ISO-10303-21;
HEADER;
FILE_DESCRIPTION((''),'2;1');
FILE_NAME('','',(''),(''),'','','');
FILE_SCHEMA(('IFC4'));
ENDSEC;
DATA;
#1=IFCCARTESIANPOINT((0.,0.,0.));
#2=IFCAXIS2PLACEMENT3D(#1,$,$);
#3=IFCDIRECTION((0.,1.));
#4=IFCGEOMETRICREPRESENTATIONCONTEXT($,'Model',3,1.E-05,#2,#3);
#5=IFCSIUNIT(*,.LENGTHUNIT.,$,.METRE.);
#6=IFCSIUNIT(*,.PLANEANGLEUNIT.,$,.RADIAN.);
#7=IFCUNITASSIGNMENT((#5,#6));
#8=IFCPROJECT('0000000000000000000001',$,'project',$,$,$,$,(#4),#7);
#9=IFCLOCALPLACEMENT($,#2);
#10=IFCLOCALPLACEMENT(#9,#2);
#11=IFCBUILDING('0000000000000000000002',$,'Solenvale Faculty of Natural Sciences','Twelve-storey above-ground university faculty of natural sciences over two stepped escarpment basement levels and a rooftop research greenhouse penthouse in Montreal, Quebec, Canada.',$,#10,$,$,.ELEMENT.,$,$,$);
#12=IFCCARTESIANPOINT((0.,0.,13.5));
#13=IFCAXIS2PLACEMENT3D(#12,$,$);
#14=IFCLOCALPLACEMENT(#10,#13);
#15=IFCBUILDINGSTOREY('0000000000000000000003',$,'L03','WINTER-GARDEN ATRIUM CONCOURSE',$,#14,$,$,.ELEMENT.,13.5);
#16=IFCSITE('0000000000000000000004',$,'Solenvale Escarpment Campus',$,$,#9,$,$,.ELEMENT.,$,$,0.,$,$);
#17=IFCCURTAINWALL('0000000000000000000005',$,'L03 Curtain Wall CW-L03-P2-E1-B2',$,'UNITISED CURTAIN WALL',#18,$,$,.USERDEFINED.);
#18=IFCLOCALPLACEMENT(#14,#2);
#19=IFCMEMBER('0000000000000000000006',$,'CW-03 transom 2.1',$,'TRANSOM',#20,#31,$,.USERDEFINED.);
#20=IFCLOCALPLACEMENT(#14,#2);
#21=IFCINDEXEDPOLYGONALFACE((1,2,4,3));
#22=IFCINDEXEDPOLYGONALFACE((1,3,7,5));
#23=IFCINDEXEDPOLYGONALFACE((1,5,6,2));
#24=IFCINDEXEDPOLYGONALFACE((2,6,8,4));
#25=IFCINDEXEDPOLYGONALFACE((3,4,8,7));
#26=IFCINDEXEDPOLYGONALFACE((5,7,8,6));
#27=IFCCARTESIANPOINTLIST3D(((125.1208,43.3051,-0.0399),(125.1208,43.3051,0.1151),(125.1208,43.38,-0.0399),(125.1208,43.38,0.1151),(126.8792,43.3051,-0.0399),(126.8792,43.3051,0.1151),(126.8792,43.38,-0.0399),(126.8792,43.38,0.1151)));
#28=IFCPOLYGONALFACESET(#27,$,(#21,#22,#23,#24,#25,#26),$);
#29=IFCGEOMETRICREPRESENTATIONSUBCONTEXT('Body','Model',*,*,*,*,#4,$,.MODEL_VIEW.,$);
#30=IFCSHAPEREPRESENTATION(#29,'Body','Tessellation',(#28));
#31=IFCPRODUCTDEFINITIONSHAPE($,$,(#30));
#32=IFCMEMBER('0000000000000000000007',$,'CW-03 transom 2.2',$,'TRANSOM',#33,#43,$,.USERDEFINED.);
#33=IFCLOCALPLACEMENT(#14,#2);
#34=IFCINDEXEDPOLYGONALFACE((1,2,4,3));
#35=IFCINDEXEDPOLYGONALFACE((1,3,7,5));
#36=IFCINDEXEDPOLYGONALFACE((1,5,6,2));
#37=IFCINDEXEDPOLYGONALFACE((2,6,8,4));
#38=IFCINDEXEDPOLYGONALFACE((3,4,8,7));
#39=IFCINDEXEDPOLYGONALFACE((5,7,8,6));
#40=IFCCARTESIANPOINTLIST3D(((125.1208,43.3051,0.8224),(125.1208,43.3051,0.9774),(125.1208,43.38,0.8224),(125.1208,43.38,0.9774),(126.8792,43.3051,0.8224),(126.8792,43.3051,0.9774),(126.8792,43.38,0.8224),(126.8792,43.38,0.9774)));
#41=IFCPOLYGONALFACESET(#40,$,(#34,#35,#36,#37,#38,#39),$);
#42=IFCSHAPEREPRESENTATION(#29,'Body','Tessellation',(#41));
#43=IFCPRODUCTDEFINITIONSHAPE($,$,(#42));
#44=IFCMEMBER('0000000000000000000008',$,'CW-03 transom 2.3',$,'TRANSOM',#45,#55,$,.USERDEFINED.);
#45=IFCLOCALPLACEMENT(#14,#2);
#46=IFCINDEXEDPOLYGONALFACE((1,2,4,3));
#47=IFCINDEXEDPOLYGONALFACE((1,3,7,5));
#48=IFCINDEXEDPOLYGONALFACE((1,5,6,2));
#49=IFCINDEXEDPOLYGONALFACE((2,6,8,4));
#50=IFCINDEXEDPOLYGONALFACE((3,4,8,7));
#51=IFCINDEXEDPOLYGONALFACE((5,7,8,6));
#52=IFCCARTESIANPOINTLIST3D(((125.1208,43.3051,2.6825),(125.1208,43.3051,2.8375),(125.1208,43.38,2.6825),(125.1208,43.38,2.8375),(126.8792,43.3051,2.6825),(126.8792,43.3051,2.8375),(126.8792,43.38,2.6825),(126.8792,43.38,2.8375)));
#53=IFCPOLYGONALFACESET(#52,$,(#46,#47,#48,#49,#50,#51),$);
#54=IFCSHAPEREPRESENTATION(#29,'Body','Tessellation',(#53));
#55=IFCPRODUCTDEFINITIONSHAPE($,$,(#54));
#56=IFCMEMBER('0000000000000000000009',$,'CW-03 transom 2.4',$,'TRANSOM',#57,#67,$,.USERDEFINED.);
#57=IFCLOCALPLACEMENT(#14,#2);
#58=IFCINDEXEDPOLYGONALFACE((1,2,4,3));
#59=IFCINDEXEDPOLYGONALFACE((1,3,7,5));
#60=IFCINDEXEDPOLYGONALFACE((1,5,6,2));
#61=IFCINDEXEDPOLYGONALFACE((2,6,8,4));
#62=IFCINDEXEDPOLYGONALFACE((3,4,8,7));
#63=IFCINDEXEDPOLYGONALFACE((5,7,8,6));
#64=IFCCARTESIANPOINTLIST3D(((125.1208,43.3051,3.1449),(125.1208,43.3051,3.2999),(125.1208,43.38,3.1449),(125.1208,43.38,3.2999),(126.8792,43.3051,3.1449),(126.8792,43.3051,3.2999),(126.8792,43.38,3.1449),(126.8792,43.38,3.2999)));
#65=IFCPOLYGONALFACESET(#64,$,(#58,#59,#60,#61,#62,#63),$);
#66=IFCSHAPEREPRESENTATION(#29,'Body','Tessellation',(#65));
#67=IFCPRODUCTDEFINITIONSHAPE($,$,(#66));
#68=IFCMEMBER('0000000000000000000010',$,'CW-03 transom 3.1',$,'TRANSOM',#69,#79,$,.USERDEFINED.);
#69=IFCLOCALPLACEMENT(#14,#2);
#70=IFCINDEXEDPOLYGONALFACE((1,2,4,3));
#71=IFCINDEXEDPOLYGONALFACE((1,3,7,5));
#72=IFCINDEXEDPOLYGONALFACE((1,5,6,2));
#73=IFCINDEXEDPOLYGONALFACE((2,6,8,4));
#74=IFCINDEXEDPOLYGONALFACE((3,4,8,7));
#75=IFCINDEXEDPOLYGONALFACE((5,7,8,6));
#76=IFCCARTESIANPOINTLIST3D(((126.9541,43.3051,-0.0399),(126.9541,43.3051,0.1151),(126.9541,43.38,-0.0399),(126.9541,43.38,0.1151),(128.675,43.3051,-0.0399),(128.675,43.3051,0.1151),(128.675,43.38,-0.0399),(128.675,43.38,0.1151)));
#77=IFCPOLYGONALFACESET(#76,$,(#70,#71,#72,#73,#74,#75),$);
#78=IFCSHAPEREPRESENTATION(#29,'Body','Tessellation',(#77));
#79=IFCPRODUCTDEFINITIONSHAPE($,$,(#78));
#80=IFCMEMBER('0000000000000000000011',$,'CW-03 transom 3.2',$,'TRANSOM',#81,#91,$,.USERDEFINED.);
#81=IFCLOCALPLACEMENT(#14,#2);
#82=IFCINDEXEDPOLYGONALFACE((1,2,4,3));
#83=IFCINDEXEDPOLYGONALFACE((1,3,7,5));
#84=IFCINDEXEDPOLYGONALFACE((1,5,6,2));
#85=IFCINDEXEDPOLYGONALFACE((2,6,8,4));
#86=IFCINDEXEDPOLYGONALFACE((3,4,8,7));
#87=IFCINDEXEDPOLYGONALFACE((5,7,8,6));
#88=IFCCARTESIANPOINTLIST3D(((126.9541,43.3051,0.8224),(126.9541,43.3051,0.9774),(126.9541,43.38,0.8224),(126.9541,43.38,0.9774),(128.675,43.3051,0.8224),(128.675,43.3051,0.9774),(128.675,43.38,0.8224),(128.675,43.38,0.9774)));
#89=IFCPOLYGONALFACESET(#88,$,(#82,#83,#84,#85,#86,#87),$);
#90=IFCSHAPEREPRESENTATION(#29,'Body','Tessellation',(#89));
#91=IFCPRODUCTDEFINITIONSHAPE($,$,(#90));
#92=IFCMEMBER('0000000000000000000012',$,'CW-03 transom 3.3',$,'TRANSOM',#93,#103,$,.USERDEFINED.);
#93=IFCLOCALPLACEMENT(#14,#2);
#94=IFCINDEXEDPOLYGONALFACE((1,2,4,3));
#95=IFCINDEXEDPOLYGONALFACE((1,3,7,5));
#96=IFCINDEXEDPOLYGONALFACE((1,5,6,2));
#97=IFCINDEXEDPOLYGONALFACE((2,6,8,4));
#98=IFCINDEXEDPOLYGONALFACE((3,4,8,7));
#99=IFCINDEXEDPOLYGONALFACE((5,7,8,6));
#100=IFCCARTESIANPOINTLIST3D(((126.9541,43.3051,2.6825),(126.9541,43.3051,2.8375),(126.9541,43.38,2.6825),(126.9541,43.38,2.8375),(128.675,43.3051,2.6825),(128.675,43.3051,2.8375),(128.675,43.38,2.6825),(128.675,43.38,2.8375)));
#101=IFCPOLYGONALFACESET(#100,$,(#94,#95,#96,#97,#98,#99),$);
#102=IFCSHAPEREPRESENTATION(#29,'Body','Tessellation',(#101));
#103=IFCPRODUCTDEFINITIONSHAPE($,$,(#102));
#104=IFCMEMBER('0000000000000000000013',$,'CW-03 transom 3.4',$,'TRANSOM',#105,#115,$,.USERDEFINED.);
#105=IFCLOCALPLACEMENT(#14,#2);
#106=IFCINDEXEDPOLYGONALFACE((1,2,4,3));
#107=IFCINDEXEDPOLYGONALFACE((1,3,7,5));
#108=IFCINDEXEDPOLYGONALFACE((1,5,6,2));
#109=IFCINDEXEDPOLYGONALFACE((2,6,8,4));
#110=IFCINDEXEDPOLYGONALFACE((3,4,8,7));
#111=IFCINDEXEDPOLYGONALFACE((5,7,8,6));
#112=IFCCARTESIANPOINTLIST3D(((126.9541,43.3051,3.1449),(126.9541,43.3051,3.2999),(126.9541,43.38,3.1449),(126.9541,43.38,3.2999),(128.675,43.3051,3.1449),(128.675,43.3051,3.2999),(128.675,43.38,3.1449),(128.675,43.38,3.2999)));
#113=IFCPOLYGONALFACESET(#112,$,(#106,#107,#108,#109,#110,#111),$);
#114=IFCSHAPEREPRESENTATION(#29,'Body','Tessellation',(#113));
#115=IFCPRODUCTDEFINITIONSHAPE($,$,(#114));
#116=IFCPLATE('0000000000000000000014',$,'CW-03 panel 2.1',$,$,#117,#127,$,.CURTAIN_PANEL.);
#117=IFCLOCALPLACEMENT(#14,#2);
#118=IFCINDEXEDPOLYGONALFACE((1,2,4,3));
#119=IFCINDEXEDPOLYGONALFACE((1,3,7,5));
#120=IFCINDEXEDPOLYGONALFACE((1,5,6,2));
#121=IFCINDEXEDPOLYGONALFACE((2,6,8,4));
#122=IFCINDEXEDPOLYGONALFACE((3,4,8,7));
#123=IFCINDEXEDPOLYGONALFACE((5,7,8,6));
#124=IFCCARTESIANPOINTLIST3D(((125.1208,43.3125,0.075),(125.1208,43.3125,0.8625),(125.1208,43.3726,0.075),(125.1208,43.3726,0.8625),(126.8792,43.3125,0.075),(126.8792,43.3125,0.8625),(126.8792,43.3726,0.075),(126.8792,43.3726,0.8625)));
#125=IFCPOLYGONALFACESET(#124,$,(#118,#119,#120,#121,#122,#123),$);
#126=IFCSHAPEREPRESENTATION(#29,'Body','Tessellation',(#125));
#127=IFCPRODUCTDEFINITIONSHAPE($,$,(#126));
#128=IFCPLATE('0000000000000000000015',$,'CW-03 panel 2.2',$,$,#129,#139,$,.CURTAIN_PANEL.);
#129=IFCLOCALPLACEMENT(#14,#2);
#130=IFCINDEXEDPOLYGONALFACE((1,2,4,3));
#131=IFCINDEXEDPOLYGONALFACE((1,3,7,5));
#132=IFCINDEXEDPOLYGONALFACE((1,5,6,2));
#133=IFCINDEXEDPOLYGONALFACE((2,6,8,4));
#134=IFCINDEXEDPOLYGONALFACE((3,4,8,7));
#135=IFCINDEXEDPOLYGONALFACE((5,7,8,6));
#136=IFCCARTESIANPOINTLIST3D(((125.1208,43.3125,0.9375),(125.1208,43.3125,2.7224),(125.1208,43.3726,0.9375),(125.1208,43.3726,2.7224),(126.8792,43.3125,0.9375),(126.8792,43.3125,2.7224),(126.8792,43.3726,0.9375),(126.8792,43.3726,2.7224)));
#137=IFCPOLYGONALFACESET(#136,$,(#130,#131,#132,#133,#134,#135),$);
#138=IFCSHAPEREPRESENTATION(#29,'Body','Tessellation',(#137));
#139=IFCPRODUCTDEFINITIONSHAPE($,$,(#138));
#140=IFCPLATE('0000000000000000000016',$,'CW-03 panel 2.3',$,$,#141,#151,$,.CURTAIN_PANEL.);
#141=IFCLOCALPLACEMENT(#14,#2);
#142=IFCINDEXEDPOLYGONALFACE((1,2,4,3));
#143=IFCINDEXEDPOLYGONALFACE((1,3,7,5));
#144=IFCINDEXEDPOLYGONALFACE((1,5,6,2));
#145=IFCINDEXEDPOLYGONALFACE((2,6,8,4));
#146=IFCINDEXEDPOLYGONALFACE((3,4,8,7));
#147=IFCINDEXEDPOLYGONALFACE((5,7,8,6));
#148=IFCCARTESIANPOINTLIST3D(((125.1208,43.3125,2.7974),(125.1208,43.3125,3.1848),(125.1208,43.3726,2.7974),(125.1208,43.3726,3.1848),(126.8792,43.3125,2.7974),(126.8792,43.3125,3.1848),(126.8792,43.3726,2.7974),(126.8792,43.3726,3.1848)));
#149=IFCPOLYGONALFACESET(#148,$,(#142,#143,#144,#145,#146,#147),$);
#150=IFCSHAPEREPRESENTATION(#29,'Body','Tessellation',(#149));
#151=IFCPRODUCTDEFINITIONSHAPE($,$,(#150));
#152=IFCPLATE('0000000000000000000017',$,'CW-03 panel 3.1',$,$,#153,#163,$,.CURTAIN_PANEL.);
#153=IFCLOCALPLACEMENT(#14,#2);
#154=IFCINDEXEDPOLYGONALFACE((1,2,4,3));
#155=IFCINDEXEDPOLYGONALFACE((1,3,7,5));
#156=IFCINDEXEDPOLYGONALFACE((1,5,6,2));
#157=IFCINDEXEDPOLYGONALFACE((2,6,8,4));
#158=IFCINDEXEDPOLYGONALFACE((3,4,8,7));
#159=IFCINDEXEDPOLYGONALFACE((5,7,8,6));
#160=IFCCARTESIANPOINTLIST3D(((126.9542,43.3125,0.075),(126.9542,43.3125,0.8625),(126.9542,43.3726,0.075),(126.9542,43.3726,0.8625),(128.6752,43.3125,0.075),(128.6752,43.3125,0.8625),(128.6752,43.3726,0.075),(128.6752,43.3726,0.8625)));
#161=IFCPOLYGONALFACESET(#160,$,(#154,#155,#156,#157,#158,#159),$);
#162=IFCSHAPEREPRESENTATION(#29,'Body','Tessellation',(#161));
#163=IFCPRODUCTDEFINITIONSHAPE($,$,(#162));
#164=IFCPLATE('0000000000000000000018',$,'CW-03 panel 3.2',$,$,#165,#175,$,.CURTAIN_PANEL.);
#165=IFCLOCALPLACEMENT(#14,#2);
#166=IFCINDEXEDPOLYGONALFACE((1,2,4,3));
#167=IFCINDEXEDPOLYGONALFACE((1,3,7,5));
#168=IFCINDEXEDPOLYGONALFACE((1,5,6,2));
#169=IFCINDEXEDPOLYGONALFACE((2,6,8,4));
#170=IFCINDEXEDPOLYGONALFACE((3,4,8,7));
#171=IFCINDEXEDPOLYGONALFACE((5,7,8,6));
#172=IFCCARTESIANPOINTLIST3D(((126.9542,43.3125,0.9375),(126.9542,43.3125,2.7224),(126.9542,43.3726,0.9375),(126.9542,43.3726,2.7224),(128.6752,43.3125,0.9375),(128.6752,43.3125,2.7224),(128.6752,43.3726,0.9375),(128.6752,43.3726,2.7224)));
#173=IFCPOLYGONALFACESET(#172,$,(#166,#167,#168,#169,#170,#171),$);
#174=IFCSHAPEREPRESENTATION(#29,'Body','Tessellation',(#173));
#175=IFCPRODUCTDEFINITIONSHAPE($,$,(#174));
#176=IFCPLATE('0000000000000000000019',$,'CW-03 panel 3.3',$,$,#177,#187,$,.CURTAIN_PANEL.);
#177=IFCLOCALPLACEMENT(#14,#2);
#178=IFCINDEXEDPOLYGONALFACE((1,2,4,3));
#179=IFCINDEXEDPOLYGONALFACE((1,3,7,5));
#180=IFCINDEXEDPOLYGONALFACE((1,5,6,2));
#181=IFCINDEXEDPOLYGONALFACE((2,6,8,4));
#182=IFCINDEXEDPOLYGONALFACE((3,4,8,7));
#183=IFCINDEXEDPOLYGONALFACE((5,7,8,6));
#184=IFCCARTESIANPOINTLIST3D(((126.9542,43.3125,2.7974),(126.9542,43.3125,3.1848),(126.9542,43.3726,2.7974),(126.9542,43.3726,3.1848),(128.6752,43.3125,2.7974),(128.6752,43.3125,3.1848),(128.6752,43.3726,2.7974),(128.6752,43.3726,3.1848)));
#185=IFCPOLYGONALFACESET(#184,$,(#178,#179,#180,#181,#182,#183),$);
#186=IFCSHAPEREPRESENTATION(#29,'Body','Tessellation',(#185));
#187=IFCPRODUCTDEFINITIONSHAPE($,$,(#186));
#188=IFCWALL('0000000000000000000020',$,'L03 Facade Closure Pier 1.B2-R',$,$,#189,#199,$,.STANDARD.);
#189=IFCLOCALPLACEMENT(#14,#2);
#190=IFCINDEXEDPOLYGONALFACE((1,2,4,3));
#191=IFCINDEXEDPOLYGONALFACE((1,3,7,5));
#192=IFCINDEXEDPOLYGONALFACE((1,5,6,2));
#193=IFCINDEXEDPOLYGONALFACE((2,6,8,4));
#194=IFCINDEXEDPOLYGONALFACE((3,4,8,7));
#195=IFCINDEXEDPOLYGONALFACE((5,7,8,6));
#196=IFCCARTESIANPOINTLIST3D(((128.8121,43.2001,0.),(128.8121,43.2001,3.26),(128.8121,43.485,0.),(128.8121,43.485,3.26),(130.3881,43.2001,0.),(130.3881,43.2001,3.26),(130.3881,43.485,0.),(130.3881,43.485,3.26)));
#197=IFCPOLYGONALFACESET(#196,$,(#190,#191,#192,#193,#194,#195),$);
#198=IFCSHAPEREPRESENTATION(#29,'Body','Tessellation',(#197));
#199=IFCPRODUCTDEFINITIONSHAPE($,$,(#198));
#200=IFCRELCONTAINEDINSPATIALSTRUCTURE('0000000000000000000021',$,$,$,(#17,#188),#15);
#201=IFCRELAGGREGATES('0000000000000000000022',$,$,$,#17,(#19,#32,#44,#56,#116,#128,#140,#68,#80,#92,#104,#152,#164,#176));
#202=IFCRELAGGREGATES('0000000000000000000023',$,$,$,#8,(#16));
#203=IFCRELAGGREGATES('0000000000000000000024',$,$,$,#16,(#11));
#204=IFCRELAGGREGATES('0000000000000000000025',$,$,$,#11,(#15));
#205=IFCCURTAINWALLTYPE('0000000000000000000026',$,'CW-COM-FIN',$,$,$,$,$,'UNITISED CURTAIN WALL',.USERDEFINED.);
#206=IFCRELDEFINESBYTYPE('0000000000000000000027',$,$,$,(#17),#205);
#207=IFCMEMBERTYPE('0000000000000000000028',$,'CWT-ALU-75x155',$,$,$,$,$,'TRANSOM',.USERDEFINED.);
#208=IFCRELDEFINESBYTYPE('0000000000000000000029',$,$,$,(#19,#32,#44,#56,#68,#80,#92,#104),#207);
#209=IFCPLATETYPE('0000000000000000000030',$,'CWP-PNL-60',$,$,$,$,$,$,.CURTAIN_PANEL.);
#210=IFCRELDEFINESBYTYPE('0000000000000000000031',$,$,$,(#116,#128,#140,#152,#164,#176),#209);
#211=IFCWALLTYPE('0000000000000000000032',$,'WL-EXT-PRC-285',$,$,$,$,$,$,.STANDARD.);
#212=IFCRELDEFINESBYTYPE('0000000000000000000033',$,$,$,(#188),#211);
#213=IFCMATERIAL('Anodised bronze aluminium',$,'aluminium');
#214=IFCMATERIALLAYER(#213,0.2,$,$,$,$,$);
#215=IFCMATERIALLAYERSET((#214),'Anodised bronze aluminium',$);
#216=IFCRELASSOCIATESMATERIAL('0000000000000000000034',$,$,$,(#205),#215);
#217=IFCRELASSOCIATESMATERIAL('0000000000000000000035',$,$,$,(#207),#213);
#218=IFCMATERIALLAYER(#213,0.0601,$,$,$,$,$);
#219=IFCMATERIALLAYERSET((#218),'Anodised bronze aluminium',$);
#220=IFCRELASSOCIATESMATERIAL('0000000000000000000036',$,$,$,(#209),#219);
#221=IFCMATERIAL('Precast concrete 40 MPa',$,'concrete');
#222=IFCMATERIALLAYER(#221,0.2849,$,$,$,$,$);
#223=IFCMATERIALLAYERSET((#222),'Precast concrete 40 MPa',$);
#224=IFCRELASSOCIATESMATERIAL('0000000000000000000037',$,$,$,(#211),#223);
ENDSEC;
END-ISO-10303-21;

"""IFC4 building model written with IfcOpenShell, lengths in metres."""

from ifc_helpers import new_model, si_unit, direction, frame, frame_2d, origin, origin_2d, place, context, subcontext, project, spatial, rectangle, extrude, material, layer, layer_set, material_profile, profile_set, type_object, element, aggregate, save


model = new_model("IFC4")

# Units and contexts
model_context = context("Model", 3, precision=1e-05, world=origin(), true_north=direction((0.0, 1.0)))
body_context = subcontext(model_context, "Body", "Model", "MODEL_VIEW")
ifc_project = project(units=[si_unit("LENGTHUNIT", "METRE"), si_unit("PLANEANGLEUNIT", "RADIAN")], contexts=[model_context])

# Site, building, storey
site_placement = place(None, origin())
site = spatial("IfcSite", under=ifc_project, at=site_placement, Name="Solenvale Escarpment Campus", CompositionType="ELEMENT", RefElevation=0.0)
building_placement = place(site_placement, origin())
building = spatial("IfcBuilding", under=site, at=building_placement, Name="Solenvale Faculty of Natural Sciences", Description="Twelve-storey above-ground university faculty of natural sciences over two stepped escarpment basement levels and a rooftop research greenhouse penthouse in Montreal, Quebec, Canada.", CompositionType="ELEMENT")
storey_placement = place(building_placement, frame((0.0, 0.0, 13.5)))
storey = spatial("IfcBuildingStorey", under=building, at=storey_placement, Name="L03", Description="WINTER-GARDEN ATRIUM CONCOURSE", CompositionType="ELEMENT", Elevation=13.5)

# Curtain wall, members, plates
ifc_material_1 = material(Name="Anodised bronze aluminium", Category="aluminium")
ifc_layer_1 = layer(ifc_material_1, 0.2)
ifc_layer_set_1 = layer_set([ifc_layer_1], Name="Anodised bronze aluminium")
curtain_wall_type = type_object("IfcCurtainWallType", Name="CW-COM-FIN", ElementType="UNITISED CURTAIN WALL", PredefinedType="USERDEFINED", material=ifc_layer_set_1)
curtain_wall_placement = place(storey_placement, origin())
curtain_wall = element("IfcCurtainWall", 1, at=curtain_wall_placement, inside=storey, type_object=curtain_wall_type, Name="L03 Curtain Wall CW-L03-P2-E1-B2", ObjectType="UNITISED CURTAIN WALL", PredefinedType="USERDEFINED")
ifc_material_profile_1 = material_profile(ifc_material_1, rectangle(XDim=0.075, YDim=0.155, at=origin_2d()), Name="ALU-TRN-75x155")
ifc_profile_set_1 = profile_set([ifc_material_profile_1], Name="Anodised bronze aluminium")
member_type_1 = type_object("IfcMemberType", Name="CWT-ALU-75x155", ElementType="TRANSOM", PredefinedType="USERDEFINED", material=ifc_profile_set_1)
member_1_placement = place(storey_placement, frame((125.1208, 43.3425, 0.0376), z_axis=(1.0, 0.0, 0.0), x_axis=(0.0, 1.0, 0.0)))
member_1 = element("IfcMember", 2, at=member_1_placement, type_object=member_type_1, Name="CW-03 transom 2.1", ObjectType="TRANSOM", PredefinedType="USERDEFINED", context=body_context, shape_type="SweptSolid", body=[
    extrude(rectangle(XDim=0.075, YDim=0.155, at=origin_2d()), origin(), (0.0, 0.0, 1.0), 1.7583),
])
member_2_placement = place(storey_placement, frame((125.1208, 43.3425, 0.8999), z_axis=(1.0, 0.0, 0.0), x_axis=(0.0, 1.0, 0.0)))
member_2 = element("IfcMember", 3, at=member_2_placement, type_object=member_type_1, Name="CW-03 transom 2.2", ObjectType="TRANSOM", PredefinedType="USERDEFINED", context=body_context, shape_type="SweptSolid", body=[
    extrude(rectangle(XDim=0.075, YDim=0.155, at=origin_2d()), origin(), (0.0, 0.0, 1.0), 1.7583),
])
member_3_placement = place(storey_placement, frame((125.1208, 43.3425, 2.76), z_axis=(1.0, 0.0, 0.0), x_axis=(0.0, 1.0, 0.0)))
member_3 = element("IfcMember", 4, at=member_3_placement, type_object=member_type_1, Name="CW-03 transom 2.3", ObjectType="TRANSOM", PredefinedType="USERDEFINED", context=body_context, shape_type="SweptSolid", body=[
    extrude(rectangle(XDim=0.075, YDim=0.155, at=origin_2d()), origin(), (0.0, 0.0, 1.0), 1.7583),
])
member_4_placement = place(storey_placement, frame((125.1208, 43.3425, 3.2224), z_axis=(1.0, 0.0, 0.0), x_axis=(0.0, 1.0, 0.0)))
member_4 = element("IfcMember", 5, at=member_4_placement, type_object=member_type_1, Name="CW-03 transom 2.4", ObjectType="TRANSOM", PredefinedType="USERDEFINED", context=body_context, shape_type="SweptSolid", body=[
    extrude(rectangle(XDim=0.075, YDim=0.155, at=origin_2d()), origin(), (0.0, 0.0, 1.0), 1.7583),
])
member_5_placement = place(storey_placement, frame((126.9541, 43.3425, 0.0376), z_axis=(1.0, 0.0, 0.0), x_axis=(0.0, 1.0, 0.0)))
member_5 = element("IfcMember", 6, at=member_5_placement, type_object=member_type_1, Name="CW-03 transom 3.1", ObjectType="TRANSOM", PredefinedType="USERDEFINED", context=body_context, shape_type="SweptSolid", body=[
    extrude(rectangle(XDim=0.075, YDim=0.155, at=origin_2d()), origin(), (0.0, 0.0, 1.0), 1.7209),
])
member_6_placement = place(storey_placement, frame((126.9541, 43.3425, 0.8999), z_axis=(1.0, 0.0, 0.0), x_axis=(0.0, 1.0, 0.0)))
member_6 = element("IfcMember", 7, at=member_6_placement, type_object=member_type_1, Name="CW-03 transom 3.2", ObjectType="TRANSOM", PredefinedType="USERDEFINED", context=body_context, shape_type="SweptSolid", body=[
    extrude(rectangle(XDim=0.075, YDim=0.155, at=origin_2d()), origin(), (0.0, 0.0, 1.0), 1.7209),
])
member_7_placement = place(storey_placement, frame((126.9541, 43.3425, 2.76), z_axis=(1.0, 0.0, 0.0), x_axis=(0.0, 1.0, 0.0)))
member_7 = element("IfcMember", 8, at=member_7_placement, type_object=member_type_1, Name="CW-03 transom 3.3", ObjectType="TRANSOM", PredefinedType="USERDEFINED", context=body_context, shape_type="SweptSolid", body=[
    extrude(rectangle(XDim=0.075, YDim=0.155, at=origin_2d()), origin(), (0.0, 0.0, 1.0), 1.7209),
])
member_8_placement = place(storey_placement, frame((126.9541, 43.3425, 3.2224), z_axis=(1.0, 0.0, 0.0), x_axis=(0.0, 1.0, 0.0)))
member_8 = element("IfcMember", 9, at=member_8_placement, type_object=member_type_1, Name="CW-03 transom 3.4", ObjectType="TRANSOM", PredefinedType="USERDEFINED", context=body_context, shape_type="SweptSolid", body=[
    extrude(rectangle(XDim=0.075, YDim=0.155, at=origin_2d()), origin(), (0.0, 0.0, 1.0), 1.7209),
])
ifc_layer_2 = layer(ifc_material_1, 0.0601)
ifc_layer_set_2 = layer_set([ifc_layer_2], Name="Anodised bronze aluminium")
plate_type = type_object("IfcPlateType", Name="CWP-PNL-60", PredefinedType="CURTAIN_PANEL", material=ifc_layer_set_2)
plate_1_placement = place(storey_placement, frame((126.0, 43.3425, 0.075), z_axis=(0.0, 0.0, 1.0), x_axis=(1.0, 0.0, 0.0)))
plate_1 = element("IfcPlate", 10, at=plate_1_placement, type_object=plate_type, Name="CW-03 panel 2.1", PredefinedType="CURTAIN_PANEL", context=body_context, shape_type="SweptSolid", body=[
    extrude(rectangle(XDim=1.7583, YDim=0.0601, at=origin_2d()), origin(), (0.0, 0.0, 1.0), 0.7876),
])
plate_2_placement = place(storey_placement, frame((126.0, 43.3425, 0.9375), z_axis=(0.0, 0.0, 1.0), x_axis=(1.0, 0.0, 0.0)))
plate_2 = element("IfcPlate", 11, at=plate_2_placement, type_object=plate_type, Name="CW-03 panel 2.2", PredefinedType="CURTAIN_PANEL", context=body_context, shape_type="SweptSolid", body=[
    extrude(rectangle(XDim=1.7583, YDim=0.0601, at=origin_2d()), origin(), (0.0, 0.0, 1.0), 1.7849),
])
plate_3_placement = place(storey_placement, frame((126.0, 43.3425, 2.7974), z_axis=(0.0, 0.0, 1.0), x_axis=(1.0, 0.0, 0.0)))
plate_3 = element("IfcPlate", 12, at=plate_3_placement, type_object=plate_type, Name="CW-03 panel 2.3", PredefinedType="CURTAIN_PANEL", context=body_context, shape_type="SweptSolid", body=[
    extrude(rectangle(XDim=1.7583, YDim=0.0601, at=origin_2d()), origin(), (0.0, 0.0, 1.0), 0.3875),
])
plate_4_placement = place(storey_placement, frame((127.8147, 43.3425, 0.075), z_axis=(0.0, 0.0, 1.0), x_axis=(1.0, 0.0, 0.0)))
plate_4 = element("IfcPlate", 13, at=plate_4_placement, type_object=plate_type, Name="CW-03 panel 3.1", PredefinedType="CURTAIN_PANEL", context=body_context, shape_type="SweptSolid", body=[
    extrude(rectangle(XDim=1.7209, YDim=0.0601, at=origin_2d()), origin(), (0.0, 0.0, 1.0), 0.7876),
])
plate_5_placement = place(storey_placement, frame((127.8147, 43.3425, 0.9375), z_axis=(0.0, 0.0, 1.0), x_axis=(1.0, 0.0, 0.0)))
plate_5 = element("IfcPlate", 14, at=plate_5_placement, type_object=plate_type, Name="CW-03 panel 3.2", PredefinedType="CURTAIN_PANEL", context=body_context, shape_type="SweptSolid", body=[
    extrude(rectangle(XDim=1.7209, YDim=0.0601, at=origin_2d()), origin(), (0.0, 0.0, 1.0), 1.7849),
])
plate_6_placement = place(storey_placement, frame((127.8147, 43.3425, 2.7974), z_axis=(0.0, 0.0, 1.0), x_axis=(1.0, 0.0, 0.0)))
plate_6 = element("IfcPlate", 15, at=plate_6_placement, type_object=plate_type, Name="CW-03 panel 3.3", PredefinedType="CURTAIN_PANEL", context=body_context, shape_type="SweptSolid", body=[
    extrude(rectangle(XDim=1.7209, YDim=0.0601, at=origin_2d()), origin(), (0.0, 0.0, 1.0), 0.3875),
])
aggregate(curtain_wall, [member_1, member_2, member_3, member_4, plate_1, plate_2, plate_3, member_5, member_6, member_7, member_8, plate_4, plate_5, plate_6])

# Wall
ifc_material_2 = material(Name="Precast concrete 40 MPa", Category="concrete")
ifc_layer_3 = layer(ifc_material_2, 0.2849)
ifc_layer_set_3 = layer_set([ifc_layer_3], Name="Precast concrete 40 MPa")
wall_type = type_object("IfcWallType", Name="WL-EXT-PRC-285", PredefinedType="STANDARD", material=ifc_layer_set_3)
wall_placement = place(storey_placement, frame((128.812, 43.3425, 0.0), z_axis=(0.0, 0.0, 1.0), x_axis=(1.0, 0.0, 0.0)))
element("IfcWall", 16, at=wall_placement, inside=storey, type_object=wall_type, Name="L03 Facade Closure Pier 1.B2-R", PredefinedType="STANDARD", context=body_context, shape_type="SweptSolid", body=[
    extrude(rectangle(XDim=1.5759, YDim=0.2849, at=frame_2d((0.7881, 0.0))), origin(), (0.0, 0.0, 1.0), 3.26),
])

save(model, "model.ifc")
